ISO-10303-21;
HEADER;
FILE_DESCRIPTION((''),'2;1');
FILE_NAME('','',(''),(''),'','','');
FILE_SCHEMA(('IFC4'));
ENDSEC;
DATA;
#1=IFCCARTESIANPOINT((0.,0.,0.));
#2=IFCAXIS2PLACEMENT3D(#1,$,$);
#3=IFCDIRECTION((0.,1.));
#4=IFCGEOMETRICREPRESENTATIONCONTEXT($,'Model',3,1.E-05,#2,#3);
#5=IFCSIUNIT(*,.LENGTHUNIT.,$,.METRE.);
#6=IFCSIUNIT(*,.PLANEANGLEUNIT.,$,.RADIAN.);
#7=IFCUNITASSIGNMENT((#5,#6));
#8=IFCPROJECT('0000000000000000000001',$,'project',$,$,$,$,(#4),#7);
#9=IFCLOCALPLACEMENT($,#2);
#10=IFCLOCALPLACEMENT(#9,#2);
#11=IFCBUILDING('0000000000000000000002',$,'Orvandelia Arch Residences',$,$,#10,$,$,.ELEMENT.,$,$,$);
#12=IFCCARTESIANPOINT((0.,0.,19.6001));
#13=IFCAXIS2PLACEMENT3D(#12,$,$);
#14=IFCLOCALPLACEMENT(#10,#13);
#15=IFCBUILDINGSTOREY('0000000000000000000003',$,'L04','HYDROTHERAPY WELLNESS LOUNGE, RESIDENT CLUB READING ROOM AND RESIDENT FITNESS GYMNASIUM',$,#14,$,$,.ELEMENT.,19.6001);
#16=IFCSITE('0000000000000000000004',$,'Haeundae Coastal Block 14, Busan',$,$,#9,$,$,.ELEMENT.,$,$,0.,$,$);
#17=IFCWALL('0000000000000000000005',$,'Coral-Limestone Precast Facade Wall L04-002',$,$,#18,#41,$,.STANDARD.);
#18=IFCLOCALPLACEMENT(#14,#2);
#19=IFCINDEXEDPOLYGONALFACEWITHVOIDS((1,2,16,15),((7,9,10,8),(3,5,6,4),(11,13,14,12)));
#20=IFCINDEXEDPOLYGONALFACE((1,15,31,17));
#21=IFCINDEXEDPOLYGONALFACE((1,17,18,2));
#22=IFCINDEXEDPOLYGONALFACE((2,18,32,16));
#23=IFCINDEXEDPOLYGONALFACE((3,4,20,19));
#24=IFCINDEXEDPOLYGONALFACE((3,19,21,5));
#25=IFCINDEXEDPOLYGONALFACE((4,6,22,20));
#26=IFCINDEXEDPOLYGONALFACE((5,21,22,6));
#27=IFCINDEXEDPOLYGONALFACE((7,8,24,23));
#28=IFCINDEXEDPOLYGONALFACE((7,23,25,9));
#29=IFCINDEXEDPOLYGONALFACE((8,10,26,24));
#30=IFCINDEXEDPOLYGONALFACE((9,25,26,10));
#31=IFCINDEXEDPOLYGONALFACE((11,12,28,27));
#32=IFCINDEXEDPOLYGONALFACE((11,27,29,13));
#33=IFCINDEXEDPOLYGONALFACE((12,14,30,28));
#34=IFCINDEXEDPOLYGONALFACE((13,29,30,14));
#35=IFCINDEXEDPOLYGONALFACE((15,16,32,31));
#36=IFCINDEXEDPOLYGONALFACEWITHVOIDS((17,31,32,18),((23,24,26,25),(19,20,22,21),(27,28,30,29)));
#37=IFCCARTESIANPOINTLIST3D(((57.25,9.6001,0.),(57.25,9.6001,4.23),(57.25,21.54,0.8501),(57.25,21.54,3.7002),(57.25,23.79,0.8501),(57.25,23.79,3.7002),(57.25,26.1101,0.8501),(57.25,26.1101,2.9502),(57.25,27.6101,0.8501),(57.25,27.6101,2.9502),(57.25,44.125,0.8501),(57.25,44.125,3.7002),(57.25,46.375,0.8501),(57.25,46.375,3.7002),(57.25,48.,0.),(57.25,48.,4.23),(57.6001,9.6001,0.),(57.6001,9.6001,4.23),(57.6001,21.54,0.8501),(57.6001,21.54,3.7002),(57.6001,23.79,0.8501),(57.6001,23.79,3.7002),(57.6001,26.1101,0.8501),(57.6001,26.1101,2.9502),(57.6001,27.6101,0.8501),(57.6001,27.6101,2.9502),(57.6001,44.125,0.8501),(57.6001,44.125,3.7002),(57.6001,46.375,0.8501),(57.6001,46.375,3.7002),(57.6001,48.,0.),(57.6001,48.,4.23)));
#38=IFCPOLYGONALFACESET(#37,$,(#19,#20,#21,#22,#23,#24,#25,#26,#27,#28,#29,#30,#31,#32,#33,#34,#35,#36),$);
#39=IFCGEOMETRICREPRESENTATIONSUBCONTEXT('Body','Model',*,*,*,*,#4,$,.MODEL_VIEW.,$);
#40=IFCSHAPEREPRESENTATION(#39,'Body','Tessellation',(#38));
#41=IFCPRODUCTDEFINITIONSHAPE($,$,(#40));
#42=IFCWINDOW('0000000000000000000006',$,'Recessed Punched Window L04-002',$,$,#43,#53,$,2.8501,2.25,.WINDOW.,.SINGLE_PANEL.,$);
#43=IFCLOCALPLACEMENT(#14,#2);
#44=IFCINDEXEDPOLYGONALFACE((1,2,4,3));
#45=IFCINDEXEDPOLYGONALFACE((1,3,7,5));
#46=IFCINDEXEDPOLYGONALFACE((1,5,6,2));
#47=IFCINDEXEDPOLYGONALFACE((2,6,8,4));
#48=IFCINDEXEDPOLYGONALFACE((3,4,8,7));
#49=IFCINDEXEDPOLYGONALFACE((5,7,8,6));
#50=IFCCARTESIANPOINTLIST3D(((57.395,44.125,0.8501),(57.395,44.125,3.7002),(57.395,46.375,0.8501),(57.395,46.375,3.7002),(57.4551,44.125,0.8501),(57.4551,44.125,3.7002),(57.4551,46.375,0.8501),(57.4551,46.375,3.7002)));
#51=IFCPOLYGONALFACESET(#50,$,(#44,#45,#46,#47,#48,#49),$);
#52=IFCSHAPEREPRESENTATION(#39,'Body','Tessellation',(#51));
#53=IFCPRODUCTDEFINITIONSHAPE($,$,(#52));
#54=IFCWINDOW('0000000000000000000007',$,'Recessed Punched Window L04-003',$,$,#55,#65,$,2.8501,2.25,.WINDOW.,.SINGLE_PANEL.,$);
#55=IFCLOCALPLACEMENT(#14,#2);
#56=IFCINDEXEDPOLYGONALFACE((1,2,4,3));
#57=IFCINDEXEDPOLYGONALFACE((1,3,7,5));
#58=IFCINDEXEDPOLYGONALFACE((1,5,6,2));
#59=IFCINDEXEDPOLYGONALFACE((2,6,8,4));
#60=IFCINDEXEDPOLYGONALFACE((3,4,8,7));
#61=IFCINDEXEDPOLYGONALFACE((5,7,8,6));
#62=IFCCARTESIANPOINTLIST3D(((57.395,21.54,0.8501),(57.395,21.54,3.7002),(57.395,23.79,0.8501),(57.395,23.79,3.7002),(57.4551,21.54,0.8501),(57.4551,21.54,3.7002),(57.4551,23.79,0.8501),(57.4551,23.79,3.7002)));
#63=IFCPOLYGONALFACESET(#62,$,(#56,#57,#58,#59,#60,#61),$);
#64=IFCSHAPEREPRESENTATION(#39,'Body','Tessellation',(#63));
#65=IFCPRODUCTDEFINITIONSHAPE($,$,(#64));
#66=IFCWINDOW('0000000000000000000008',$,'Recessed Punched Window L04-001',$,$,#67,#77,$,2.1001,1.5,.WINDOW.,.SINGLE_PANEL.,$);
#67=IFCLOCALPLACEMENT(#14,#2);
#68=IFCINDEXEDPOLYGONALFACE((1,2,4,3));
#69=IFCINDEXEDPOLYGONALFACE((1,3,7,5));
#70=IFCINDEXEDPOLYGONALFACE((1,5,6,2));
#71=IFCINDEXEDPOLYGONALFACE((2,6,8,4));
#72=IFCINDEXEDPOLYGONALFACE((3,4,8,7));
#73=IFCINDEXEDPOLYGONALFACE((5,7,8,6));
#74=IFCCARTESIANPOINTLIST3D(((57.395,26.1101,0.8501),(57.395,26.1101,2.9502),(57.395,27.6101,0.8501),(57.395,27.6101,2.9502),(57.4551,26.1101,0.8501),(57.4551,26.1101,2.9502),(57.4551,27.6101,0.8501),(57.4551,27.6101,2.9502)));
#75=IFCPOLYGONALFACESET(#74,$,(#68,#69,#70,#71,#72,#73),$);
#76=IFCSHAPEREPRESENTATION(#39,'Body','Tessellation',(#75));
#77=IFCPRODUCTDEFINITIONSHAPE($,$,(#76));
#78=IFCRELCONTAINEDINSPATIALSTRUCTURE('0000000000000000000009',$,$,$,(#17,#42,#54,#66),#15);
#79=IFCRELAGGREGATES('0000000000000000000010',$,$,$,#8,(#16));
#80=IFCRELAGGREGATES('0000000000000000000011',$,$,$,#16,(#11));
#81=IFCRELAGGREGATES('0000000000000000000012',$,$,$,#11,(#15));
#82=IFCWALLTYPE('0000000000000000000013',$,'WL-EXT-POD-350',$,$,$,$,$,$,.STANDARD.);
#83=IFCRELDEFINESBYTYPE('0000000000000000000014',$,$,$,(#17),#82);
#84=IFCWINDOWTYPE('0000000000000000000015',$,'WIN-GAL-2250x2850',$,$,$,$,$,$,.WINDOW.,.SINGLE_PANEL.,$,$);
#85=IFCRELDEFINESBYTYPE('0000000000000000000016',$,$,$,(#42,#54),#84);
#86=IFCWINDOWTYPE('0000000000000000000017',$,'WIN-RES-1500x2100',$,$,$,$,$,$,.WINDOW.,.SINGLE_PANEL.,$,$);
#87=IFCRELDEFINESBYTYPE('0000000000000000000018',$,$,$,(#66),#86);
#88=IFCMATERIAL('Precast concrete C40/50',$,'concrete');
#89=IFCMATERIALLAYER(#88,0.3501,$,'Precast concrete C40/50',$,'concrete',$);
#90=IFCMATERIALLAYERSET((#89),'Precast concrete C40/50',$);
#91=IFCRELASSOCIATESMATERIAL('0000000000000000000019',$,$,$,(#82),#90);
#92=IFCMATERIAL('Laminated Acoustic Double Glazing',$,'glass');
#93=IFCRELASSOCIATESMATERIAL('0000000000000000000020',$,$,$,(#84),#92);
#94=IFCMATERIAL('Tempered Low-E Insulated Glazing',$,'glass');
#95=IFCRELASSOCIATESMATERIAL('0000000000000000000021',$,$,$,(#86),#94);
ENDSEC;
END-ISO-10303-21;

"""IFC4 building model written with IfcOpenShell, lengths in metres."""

from ifc_helpers import new_model, si_unit, direction, frame, frame_2d, origin, place, context, subcontext, project, spatial, rectangle, extrude, material, layer, layer_set, type_object, element, fill, save


model = new_model("IFC4")

# Units and contexts
model_context = context("Model", 3, precision=1e-05, world=origin(), true_north=direction((0.0, 1.0)))
body_context = subcontext(model_context, "Body", "Model", "MODEL_VIEW")
ifc_project = project(units=[si_unit("LENGTHUNIT", "METRE"), si_unit("PLANEANGLEUNIT", "RADIAN")], contexts=[model_context])

# Site, building, storey
site_placement = place(None, origin())
site = spatial("IfcSite", under=ifc_project, at=site_placement, Name="Haeundae Coastal Block 14, Busan", CompositionType="ELEMENT", RefElevation=0.0)
building_placement = place(site_placement, origin())
building = spatial("IfcBuilding", under=site, at=building_placement, Name="Orvandelia Arch Residences", CompositionType="ELEMENT")
storey_placement = place(building_placement, frame((0.0, 0.0, 19.6001)))
storey = spatial("IfcBuildingStorey", under=building, at=storey_placement, Name="L04", Description="HYDROTHERAPY WELLNESS LOUNGE, RESIDENT CLUB READING ROOM AND RESIDENT FITNESS GYMNASIUM", CompositionType="ELEMENT", Elevation=19.6001)

# Wall, openings, windows
ifc_material_1 = material(Name="Precast concrete C40/50", Category="concrete")
ifc_layer_1 = layer(ifc_material_1, 0.3501, Name="Precast concrete C40/50", Category="concrete")
ifc_layer_set_1 = layer_set([ifc_layer_1], Name="Precast concrete C40/50")
wall_type = type_object("IfcWallType", Name="WL-EXT-POD-350", PredefinedType="STANDARD", material=ifc_layer_set_1)
wall_placement = place(storey_placement, frame((57.425, 48.0, 0.0), z_axis=(0.0, 0.0, 1.0), x_axis=(0.0, -1.0, 0.0)))
wall = element("IfcWall", 1, at=wall_placement, inside=storey, type_object=wall_type, Name="Coral-Limestone Precast Facade Wall L04-002", PredefinedType="STANDARD", context=body_context, shape_type="SweptSolid", body=[
    extrude(rectangle(XDim=38.3999, YDim=0.3501, at=frame_2d((19.2, 0.0))), origin(), (0.0, 0.0, 1.0), 4.23),
])
opening_1_placement = place(wall_placement, frame((20.3899, 0.0, 0.8501)))
opening_1 = element("IfcOpeningElement", 2, at=opening_1_placement, cuts=wall, PredefinedType="OPENING", context=body_context, shape_type="SweptSolid", body=[
    extrude(rectangle(XDim=1.5, YDim=2.1001, at=frame_2d((0.75, 1.05))), frame((0.0, 0.1851, 0.0), z_axis=(0.0, -1.0, 0.0), x_axis=(1.0, 0.0, 0.0)), (0.0, 0.0, 1.0), 0.3701),
])
opening_2_placement = place(wall_placement, frame((1.625, 0.0, 0.8501)))
opening_2 = element("IfcOpeningElement", 3, at=opening_2_placement, cuts=wall, PredefinedType="OPENING", context=body_context, shape_type="SweptSolid", body=[
    extrude(rectangle(XDim=2.25, YDim=2.8501, at=frame_2d((1.125, 1.425))), frame((0.0, 0.1851, 0.0), z_axis=(0.0, -1.0, 0.0), x_axis=(1.0, 0.0, 0.0)), (0.0, 0.0, 1.0), 0.3701),
])
opening_3_placement = place(wall_placement, frame((24.21, 0.0, 0.8501)))
opening_3 = element("IfcOpeningElement", 4, at=opening_3_placement, cuts=wall, PredefinedType="OPENING", context=body_context, shape_type="SweptSolid", body=[
    extrude(rectangle(XDim=2.25, YDim=2.8501, at=frame_2d((1.125, 1.425))), frame((0.0, 0.1851, 0.0), z_axis=(0.0, -1.0, 0.0), x_axis=(1.0, 0.0, 0.0)), (0.0, 0.0, 1.0), 0.3701),
])
ifc_material_2 = material(Name="Laminated Acoustic Double Glazing", Category="glass")
window_type_1 = type_object("IfcWindowType", Name="WIN-GAL-2250x2850", PartitioningType="SINGLE_PANEL", PredefinedType="WINDOW", material=ifc_material_2)
window_1_placement = place(opening_2_placement, origin())
window_1 = element("IfcWindow", 5, at=window_1_placement, inside=storey, type_object=window_type_1, Name="Recessed Punched Window L04-002", OverallHeight=2.8501, OverallWidth=2.25, PartitioningType="SINGLE_PANEL", PredefinedType="WINDOW", context=body_context, shape_type="SweptSolid", body=[
    extrude(rectangle(XDim=2.25, YDim=2.8501, at=frame_2d((1.125, 1.425))), frame((0.0, 0.03, 0.0), z_axis=(0.0, -1.0, 0.0), x_axis=(1.0, 0.0, 0.0)), (0.0, 0.0, 1.0), 0.0601),
])
fill(opening_2, window_1)
window_2_placement = place(opening_3_placement, origin())
window_2 = element("IfcWindow", 6, at=window_2_placement, inside=storey, type_object=window_type_1, Name="Recessed Punched Window L04-003", OverallHeight=2.8501, OverallWidth=2.25, PartitioningType="SINGLE_PANEL", PredefinedType="WINDOW", context=body_context, shape_type="SweptSolid", body=[
    extrude(rectangle(XDim=2.25, YDim=2.8501, at=frame_2d((1.125, 1.425))), frame((0.0, 0.03, 0.0), z_axis=(0.0, -1.0, 0.0), x_axis=(1.0, 0.0, 0.0)), (0.0, 0.0, 1.0), 0.0601),
])
fill(opening_3, window_2)
ifc_material_3 = material(Name="Tempered Low-E Insulated Glazing", Category="glass")
window_type_2 = type_object("IfcWindowType", Name="WIN-RES-1500x2100", PartitioningType="SINGLE_PANEL", PredefinedType="WINDOW", material=ifc_material_3)
window_3_placement = place(opening_1_placement, origin())
window_3 = element("IfcWindow", 7, at=window_3_placement, inside=storey, type_object=window_type_2, Name="Recessed Punched Window L04-001", OverallHeight=2.1001, OverallWidth=1.5, PartitioningType="SINGLE_PANEL", PredefinedType="WINDOW", context=body_context, shape_type="SweptSolid", body=[
    extrude(rectangle(XDim=1.5, YDim=2.1001, at=frame_2d((0.75, 1.05))), frame((0.0, 0.03, 0.0), z_axis=(0.0, -1.0, 0.0), x_axis=(1.0, 0.0, 0.0)), (0.0, 0.0, 1.0), 0.0601),
])
fill(opening_1, window_3)

save(model, "model.ifc")
